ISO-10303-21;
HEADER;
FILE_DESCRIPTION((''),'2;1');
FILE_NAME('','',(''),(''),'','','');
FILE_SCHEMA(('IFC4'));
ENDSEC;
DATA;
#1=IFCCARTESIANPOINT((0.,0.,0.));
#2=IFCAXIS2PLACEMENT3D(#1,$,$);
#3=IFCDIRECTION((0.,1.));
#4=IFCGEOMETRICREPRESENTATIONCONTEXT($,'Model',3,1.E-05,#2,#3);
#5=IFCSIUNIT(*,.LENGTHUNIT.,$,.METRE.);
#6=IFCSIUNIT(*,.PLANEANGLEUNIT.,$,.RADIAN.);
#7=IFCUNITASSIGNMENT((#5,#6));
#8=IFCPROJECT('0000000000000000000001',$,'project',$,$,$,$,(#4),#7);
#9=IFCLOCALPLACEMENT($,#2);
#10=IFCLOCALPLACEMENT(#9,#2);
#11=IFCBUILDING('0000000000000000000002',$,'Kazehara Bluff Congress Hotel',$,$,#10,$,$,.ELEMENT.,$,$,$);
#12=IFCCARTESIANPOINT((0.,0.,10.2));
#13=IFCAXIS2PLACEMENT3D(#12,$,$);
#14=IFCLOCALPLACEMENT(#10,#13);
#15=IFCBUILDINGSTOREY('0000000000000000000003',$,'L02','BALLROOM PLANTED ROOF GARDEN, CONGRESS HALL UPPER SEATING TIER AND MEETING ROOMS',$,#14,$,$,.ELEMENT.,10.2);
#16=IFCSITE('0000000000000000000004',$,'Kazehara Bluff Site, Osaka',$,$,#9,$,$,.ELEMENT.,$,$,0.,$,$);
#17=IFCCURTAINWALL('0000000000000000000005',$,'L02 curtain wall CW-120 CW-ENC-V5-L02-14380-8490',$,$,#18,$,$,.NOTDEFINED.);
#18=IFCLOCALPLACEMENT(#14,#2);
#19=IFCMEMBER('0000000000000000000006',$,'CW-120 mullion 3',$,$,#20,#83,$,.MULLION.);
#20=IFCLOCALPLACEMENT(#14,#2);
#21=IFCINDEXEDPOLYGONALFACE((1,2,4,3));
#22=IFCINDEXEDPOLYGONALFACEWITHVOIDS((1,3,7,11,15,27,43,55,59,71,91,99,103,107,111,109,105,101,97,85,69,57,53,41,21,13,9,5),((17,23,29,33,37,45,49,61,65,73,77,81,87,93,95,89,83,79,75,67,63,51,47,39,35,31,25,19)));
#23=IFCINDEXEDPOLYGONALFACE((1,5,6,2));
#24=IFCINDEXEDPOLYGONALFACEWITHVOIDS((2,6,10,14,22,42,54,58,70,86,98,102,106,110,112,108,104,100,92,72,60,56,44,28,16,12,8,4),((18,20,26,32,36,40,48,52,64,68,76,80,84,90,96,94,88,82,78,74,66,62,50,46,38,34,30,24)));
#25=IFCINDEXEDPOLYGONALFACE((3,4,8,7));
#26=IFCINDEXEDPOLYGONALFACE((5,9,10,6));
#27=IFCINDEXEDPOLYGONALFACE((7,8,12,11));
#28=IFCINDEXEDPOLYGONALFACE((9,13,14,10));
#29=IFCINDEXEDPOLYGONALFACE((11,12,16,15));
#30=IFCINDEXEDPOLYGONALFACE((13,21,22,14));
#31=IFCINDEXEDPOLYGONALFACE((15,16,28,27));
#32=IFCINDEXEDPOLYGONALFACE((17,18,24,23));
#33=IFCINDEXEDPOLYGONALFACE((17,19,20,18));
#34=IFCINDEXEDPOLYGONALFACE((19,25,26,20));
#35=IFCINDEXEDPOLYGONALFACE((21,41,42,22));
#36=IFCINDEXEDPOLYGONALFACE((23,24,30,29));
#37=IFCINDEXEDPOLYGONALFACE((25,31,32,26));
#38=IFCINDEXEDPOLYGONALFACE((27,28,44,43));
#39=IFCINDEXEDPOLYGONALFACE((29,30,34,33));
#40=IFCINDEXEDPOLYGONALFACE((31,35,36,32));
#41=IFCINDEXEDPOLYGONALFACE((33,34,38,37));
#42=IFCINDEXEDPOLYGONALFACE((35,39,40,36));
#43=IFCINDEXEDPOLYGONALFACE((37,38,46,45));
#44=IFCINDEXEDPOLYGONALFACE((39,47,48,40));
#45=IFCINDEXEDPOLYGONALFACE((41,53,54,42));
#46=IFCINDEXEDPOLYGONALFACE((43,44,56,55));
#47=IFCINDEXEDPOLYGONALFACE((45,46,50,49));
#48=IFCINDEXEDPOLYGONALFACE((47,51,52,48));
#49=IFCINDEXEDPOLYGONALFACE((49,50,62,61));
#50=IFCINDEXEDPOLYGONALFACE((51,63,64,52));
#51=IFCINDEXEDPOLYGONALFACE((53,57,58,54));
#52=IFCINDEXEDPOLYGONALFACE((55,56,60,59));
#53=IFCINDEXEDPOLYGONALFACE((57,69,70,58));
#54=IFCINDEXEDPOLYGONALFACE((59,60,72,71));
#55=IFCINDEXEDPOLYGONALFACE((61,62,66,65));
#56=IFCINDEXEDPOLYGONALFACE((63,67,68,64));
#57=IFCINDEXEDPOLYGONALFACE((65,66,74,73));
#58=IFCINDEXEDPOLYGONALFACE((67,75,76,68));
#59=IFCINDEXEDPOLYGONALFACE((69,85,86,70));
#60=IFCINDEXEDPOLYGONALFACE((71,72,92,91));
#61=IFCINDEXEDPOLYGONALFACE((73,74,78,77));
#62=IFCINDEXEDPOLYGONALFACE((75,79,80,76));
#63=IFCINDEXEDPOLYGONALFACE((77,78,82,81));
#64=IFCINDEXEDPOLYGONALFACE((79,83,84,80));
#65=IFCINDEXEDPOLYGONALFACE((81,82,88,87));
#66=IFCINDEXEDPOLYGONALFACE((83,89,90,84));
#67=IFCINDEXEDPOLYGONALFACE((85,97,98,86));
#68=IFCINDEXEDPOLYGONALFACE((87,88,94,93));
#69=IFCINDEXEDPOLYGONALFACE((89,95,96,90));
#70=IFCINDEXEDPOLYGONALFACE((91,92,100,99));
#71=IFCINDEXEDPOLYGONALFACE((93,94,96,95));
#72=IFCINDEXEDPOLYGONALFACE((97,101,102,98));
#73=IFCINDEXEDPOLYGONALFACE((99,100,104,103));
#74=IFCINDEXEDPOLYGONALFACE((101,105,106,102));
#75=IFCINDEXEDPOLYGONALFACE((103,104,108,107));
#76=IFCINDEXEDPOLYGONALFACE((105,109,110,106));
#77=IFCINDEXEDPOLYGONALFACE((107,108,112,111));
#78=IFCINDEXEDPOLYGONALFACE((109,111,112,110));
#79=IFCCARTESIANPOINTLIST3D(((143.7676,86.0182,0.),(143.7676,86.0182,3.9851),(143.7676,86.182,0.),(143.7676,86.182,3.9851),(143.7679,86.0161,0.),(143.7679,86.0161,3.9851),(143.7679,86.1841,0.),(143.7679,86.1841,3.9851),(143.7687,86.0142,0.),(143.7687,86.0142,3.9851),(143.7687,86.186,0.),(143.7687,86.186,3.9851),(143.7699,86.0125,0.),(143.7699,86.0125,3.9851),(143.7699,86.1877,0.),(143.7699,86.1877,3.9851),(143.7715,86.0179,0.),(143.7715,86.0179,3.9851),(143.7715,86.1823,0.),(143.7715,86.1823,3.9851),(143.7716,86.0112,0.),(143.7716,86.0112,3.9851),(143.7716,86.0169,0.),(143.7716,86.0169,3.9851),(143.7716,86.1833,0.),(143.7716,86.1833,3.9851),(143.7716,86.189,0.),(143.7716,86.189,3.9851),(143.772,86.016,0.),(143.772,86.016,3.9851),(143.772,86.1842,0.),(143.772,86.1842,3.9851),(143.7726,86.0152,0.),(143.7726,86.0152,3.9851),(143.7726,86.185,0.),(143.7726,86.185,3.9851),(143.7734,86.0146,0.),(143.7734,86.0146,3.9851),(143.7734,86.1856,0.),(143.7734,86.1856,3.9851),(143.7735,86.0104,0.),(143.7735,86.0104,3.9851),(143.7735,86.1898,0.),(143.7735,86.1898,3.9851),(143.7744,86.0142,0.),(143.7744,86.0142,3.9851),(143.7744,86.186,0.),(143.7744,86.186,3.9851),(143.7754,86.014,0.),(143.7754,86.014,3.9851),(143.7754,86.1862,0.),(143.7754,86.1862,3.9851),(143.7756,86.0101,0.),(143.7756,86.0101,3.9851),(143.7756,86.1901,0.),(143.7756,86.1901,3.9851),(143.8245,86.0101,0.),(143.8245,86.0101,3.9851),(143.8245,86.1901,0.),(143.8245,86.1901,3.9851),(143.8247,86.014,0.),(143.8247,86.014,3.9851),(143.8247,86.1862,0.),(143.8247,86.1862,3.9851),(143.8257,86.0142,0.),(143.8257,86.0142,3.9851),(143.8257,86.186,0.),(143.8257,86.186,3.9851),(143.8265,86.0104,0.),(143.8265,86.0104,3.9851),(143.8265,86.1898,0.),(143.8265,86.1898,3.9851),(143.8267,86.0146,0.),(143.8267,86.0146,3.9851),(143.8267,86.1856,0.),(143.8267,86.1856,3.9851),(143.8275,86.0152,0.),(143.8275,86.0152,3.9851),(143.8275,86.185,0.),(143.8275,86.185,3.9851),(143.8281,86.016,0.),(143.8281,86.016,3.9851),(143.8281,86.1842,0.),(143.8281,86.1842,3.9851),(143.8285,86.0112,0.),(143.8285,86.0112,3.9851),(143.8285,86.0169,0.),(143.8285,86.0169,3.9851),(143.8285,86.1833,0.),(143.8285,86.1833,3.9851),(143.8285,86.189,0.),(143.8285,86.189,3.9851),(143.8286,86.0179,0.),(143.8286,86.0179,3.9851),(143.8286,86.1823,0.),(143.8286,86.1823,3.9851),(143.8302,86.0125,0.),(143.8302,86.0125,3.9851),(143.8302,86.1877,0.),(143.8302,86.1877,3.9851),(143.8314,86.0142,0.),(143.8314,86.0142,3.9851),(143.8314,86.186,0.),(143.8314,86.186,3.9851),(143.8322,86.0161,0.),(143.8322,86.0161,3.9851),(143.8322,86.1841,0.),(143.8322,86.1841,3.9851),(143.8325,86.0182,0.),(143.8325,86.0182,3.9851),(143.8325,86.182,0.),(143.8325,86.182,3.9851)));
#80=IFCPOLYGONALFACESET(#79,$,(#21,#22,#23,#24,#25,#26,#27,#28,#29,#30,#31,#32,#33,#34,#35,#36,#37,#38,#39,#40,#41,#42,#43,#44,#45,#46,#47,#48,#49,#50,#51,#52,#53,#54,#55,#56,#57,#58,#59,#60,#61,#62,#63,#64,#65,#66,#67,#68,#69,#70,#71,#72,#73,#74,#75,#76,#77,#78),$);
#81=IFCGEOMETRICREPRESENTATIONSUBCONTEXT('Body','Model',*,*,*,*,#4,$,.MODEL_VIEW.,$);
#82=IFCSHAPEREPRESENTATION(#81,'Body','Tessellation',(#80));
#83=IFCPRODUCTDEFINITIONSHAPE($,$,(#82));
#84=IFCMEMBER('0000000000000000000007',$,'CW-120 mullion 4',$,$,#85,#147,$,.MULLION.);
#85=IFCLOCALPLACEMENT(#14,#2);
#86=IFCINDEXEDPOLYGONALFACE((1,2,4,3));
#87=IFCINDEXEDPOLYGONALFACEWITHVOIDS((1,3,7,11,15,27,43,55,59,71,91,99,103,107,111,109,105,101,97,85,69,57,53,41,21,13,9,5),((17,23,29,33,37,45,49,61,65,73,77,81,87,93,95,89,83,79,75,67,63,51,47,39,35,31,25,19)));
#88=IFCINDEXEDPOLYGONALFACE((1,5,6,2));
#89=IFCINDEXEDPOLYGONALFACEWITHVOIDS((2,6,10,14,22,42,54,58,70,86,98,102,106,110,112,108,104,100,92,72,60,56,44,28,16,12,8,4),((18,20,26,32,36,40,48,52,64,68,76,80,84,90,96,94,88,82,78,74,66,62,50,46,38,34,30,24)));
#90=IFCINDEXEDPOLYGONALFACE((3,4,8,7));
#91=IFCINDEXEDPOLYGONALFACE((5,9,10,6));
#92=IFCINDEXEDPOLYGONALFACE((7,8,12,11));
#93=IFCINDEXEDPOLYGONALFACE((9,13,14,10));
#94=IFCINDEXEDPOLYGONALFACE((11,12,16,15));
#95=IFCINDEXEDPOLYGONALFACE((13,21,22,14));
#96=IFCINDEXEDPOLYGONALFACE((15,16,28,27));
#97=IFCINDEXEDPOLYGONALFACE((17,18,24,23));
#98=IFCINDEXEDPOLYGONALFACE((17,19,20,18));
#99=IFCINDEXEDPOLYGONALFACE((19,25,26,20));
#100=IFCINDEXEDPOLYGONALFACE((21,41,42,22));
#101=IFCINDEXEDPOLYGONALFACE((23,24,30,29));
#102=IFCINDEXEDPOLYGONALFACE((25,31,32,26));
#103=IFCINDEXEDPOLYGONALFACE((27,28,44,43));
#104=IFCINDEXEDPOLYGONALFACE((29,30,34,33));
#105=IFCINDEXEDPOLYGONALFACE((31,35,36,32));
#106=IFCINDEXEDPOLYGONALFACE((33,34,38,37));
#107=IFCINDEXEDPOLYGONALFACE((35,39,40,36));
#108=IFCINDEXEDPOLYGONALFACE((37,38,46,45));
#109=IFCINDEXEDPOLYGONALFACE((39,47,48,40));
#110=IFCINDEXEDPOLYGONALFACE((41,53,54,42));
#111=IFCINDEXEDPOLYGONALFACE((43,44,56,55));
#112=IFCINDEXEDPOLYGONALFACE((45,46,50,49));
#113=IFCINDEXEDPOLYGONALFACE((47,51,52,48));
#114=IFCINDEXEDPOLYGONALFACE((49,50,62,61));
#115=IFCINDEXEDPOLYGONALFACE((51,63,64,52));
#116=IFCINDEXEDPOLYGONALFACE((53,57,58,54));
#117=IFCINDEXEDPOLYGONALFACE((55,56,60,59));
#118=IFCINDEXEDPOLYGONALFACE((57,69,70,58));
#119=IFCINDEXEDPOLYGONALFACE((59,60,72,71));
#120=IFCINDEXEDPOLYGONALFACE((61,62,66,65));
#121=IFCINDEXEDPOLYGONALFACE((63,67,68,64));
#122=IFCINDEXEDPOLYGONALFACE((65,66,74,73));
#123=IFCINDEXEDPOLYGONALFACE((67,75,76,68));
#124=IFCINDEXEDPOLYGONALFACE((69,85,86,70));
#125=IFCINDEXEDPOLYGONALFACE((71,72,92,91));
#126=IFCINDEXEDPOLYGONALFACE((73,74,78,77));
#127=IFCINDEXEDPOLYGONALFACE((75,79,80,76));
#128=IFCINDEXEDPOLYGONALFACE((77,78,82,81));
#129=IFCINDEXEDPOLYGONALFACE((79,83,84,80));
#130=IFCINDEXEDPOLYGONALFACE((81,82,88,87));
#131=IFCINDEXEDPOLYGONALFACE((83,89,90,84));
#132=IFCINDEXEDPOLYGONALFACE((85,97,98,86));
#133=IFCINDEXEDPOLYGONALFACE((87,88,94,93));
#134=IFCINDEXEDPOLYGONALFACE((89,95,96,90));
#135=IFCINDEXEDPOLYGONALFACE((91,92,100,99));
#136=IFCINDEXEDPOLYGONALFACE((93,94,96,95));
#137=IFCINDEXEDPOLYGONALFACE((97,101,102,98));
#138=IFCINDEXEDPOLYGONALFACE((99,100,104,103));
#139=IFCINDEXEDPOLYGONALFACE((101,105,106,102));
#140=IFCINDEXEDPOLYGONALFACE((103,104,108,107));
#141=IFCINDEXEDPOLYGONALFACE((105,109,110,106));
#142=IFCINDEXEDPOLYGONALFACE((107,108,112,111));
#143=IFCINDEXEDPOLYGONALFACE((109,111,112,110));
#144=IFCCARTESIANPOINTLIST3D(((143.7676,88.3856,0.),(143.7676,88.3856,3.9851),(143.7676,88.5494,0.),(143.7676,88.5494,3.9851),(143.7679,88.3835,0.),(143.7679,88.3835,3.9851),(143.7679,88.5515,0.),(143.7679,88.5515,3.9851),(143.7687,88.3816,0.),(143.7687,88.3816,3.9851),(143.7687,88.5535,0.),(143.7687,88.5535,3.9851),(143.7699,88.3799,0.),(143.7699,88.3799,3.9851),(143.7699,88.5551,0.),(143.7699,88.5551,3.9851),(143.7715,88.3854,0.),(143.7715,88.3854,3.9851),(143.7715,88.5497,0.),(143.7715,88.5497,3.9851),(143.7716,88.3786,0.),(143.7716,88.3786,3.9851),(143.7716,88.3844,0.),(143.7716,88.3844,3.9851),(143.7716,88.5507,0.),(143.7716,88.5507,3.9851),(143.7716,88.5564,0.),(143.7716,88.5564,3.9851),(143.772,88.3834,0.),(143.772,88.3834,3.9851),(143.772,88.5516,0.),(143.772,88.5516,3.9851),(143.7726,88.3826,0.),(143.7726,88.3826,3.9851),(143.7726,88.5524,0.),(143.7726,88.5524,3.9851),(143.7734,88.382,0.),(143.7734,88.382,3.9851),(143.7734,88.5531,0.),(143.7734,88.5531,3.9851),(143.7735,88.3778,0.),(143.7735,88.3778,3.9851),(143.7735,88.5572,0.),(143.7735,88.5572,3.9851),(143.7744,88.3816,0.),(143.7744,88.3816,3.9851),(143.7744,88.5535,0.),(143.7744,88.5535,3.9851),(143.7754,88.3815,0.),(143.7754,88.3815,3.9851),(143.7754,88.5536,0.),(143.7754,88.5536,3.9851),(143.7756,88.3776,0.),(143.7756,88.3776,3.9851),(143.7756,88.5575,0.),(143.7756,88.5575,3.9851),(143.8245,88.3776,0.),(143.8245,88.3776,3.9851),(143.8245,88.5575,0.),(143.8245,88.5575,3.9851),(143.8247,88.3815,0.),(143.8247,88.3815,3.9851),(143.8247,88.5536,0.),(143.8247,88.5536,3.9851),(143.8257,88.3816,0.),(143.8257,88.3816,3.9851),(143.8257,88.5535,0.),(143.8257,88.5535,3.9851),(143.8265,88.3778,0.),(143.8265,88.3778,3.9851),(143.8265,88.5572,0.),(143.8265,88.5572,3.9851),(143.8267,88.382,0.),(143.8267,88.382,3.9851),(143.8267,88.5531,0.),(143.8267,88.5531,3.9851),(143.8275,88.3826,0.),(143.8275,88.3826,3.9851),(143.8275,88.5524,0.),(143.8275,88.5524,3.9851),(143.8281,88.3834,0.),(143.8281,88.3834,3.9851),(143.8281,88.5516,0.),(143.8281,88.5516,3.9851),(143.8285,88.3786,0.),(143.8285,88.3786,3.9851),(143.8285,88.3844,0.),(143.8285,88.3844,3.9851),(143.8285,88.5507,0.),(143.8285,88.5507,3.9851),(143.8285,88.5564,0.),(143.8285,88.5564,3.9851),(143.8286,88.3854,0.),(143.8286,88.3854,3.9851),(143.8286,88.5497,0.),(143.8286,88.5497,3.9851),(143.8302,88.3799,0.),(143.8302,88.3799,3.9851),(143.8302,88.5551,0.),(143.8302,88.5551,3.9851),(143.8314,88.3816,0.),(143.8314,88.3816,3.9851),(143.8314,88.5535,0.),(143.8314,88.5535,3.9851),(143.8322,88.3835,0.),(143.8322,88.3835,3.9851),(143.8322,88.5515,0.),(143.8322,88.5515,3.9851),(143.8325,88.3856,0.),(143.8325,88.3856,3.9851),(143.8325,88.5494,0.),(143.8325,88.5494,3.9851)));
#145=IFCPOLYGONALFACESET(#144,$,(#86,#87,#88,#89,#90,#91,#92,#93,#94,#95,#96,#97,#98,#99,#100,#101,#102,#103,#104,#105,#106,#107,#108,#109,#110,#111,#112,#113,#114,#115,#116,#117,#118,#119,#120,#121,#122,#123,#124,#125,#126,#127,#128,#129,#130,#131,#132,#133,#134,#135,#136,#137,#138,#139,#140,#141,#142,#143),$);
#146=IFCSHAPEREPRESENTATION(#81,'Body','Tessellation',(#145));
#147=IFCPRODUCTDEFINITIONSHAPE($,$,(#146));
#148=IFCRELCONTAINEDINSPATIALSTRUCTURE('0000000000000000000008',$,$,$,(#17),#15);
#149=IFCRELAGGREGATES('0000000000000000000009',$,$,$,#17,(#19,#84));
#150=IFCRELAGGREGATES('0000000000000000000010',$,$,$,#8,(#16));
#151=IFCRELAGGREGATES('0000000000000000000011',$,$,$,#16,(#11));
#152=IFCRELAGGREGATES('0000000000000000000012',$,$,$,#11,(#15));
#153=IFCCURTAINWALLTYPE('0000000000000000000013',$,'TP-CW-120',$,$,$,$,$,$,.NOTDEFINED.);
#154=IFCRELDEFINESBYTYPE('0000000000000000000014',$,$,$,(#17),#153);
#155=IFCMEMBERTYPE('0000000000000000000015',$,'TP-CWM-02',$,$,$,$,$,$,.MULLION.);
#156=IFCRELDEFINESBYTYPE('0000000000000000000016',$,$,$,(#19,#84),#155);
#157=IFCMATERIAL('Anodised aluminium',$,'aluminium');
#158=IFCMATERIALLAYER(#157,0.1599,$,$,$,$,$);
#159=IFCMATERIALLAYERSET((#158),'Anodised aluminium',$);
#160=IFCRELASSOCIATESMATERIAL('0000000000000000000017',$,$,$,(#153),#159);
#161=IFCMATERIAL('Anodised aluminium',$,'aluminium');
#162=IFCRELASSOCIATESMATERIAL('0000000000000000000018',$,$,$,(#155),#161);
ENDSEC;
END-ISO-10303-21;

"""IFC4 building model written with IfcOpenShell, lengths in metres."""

from ifc_helpers import new_model, si_unit, direction, frame, origin, origin_2d, place, context, subcontext, project, spatial, hollow_rectangle, extrude, material, layer, layer_set, material_profile, profile_set, type_object, element, aggregate, save


model = new_model("IFC4")

# Units and contexts
model_context = context("Model", 3, precision=1e-05, world=origin(), true_north=direction((0.0, 1.0)))
body_context = subcontext(model_context, "Body", "Model", "MODEL_VIEW")
ifc_project = project(units=[si_unit("LENGTHUNIT", "METRE"), si_unit("PLANEANGLEUNIT", "RADIAN")], contexts=[model_context])

# Site, building, storey
site_placement = place(None, origin())
site = spatial("IfcSite", under=ifc_project, at=site_placement, Name="Kazehara Bluff Site, Osaka", CompositionType="ELEMENT", RefElevation=0.0)
building_placement = place(site_placement, origin())
building = spatial("IfcBuilding", under=site, at=building_placement, Name="Kazehara Bluff Congress Hotel", CompositionType="ELEMENT")
storey_placement = place(building_placement, frame((0.0, 0.0, 10.2)))
storey = spatial("IfcBuildingStorey", under=building, at=storey_placement, Name="L02", Description="BALLROOM PLANTED ROOF GARDEN, CONGRESS HALL UPPER SEATING TIER AND MEETING ROOMS", CompositionType="ELEMENT", Elevation=10.2)

# Curtain wall, members
ifc_material_1 = material(Name="Anodised aluminium", Category="aluminium")
ifc_layer_1 = layer(ifc_material_1, 0.1599)
ifc_layer_set_1 = layer_set([ifc_layer_1], Name="Anodised aluminium")
curtain_wall_type = type_object("IfcCurtainWallType", Name="TP-CW-120", PredefinedType="NOTDEFINED", material=ifc_layer_set_1)
curtain_wall_1_placement = place(storey_placement, origin())
curtain_wall_1 = element("IfcCurtainWall", 1, at=curtain_wall_1_placement, inside=storey, type_object=curtain_wall_type, Name="L02 curtain wall CW-120 CW-ENC-V5-L02-14380-8490", PredefinedType="NOTDEFINED")
ifc_material_2 = material(Name="Anodised aluminium", Category="aluminium")
ifc_material_profile_1 = material_profile(ifc_material_2, hollow_rectangle(XDim=0.0649, YDim=0.1799, WallThickness=0.0039, InnerFilletRadius=0.0039, OuterFilletRadius=0.0081, at=origin_2d()))
ifc_profile_set_1 = profile_set([ifc_material_profile_1], Name="Anodised aluminium")
member_type_1 = type_object("IfcMemberType", Name="TP-CWM-02", PredefinedType="MULLION", material=ifc_profile_set_1)
member_1_placement = place(storey_placement, frame((143.8, 86.1001, 0.0), z_axis=(0.0, 0.0, 1.0), x_axis=(-1.0, 0.0, 0.0)))
member_1 = element("IfcMember", 2, at=member_1_placement, type_object=member_type_1, Name="CW-120 mullion 3", PredefinedType="MULLION", context=body_context, shape_type="SweptSolid", body=[
    extrude(hollow_rectangle(XDim=0.0649, YDim=0.1799, WallThickness=0.0039, InnerFilletRadius=0.0039, OuterFilletRadius=0.0081, at=origin_2d()), origin(), (0.0, 0.0, 1.0), 3.9851),
])
member_2_placement = place(storey_placement, frame((143.8, 88.4675, 0.0), z_axis=(0.0, 0.0, 1.0), x_axis=(-1.0, 0.0, 0.0)))
member_2 = element("IfcMember", 3, at=member_2_placement, type_object=member_type_1, Name="CW-120 mullion 4", PredefinedType="MULLION", context=body_context, shape_type="SweptSolid", body=[
    extrude(hollow_rectangle(XDim=0.0649, YDim=0.1799, WallThickness=0.0039, InnerFilletRadius=0.0039, OuterFilletRadius=0.0081, at=origin_2d()), origin(), (0.0, 0.0, 1.0), 3.9851),
])

aggregate(curtain_wall_1, [member_1, member_2])

save(model, "model.ifc")
